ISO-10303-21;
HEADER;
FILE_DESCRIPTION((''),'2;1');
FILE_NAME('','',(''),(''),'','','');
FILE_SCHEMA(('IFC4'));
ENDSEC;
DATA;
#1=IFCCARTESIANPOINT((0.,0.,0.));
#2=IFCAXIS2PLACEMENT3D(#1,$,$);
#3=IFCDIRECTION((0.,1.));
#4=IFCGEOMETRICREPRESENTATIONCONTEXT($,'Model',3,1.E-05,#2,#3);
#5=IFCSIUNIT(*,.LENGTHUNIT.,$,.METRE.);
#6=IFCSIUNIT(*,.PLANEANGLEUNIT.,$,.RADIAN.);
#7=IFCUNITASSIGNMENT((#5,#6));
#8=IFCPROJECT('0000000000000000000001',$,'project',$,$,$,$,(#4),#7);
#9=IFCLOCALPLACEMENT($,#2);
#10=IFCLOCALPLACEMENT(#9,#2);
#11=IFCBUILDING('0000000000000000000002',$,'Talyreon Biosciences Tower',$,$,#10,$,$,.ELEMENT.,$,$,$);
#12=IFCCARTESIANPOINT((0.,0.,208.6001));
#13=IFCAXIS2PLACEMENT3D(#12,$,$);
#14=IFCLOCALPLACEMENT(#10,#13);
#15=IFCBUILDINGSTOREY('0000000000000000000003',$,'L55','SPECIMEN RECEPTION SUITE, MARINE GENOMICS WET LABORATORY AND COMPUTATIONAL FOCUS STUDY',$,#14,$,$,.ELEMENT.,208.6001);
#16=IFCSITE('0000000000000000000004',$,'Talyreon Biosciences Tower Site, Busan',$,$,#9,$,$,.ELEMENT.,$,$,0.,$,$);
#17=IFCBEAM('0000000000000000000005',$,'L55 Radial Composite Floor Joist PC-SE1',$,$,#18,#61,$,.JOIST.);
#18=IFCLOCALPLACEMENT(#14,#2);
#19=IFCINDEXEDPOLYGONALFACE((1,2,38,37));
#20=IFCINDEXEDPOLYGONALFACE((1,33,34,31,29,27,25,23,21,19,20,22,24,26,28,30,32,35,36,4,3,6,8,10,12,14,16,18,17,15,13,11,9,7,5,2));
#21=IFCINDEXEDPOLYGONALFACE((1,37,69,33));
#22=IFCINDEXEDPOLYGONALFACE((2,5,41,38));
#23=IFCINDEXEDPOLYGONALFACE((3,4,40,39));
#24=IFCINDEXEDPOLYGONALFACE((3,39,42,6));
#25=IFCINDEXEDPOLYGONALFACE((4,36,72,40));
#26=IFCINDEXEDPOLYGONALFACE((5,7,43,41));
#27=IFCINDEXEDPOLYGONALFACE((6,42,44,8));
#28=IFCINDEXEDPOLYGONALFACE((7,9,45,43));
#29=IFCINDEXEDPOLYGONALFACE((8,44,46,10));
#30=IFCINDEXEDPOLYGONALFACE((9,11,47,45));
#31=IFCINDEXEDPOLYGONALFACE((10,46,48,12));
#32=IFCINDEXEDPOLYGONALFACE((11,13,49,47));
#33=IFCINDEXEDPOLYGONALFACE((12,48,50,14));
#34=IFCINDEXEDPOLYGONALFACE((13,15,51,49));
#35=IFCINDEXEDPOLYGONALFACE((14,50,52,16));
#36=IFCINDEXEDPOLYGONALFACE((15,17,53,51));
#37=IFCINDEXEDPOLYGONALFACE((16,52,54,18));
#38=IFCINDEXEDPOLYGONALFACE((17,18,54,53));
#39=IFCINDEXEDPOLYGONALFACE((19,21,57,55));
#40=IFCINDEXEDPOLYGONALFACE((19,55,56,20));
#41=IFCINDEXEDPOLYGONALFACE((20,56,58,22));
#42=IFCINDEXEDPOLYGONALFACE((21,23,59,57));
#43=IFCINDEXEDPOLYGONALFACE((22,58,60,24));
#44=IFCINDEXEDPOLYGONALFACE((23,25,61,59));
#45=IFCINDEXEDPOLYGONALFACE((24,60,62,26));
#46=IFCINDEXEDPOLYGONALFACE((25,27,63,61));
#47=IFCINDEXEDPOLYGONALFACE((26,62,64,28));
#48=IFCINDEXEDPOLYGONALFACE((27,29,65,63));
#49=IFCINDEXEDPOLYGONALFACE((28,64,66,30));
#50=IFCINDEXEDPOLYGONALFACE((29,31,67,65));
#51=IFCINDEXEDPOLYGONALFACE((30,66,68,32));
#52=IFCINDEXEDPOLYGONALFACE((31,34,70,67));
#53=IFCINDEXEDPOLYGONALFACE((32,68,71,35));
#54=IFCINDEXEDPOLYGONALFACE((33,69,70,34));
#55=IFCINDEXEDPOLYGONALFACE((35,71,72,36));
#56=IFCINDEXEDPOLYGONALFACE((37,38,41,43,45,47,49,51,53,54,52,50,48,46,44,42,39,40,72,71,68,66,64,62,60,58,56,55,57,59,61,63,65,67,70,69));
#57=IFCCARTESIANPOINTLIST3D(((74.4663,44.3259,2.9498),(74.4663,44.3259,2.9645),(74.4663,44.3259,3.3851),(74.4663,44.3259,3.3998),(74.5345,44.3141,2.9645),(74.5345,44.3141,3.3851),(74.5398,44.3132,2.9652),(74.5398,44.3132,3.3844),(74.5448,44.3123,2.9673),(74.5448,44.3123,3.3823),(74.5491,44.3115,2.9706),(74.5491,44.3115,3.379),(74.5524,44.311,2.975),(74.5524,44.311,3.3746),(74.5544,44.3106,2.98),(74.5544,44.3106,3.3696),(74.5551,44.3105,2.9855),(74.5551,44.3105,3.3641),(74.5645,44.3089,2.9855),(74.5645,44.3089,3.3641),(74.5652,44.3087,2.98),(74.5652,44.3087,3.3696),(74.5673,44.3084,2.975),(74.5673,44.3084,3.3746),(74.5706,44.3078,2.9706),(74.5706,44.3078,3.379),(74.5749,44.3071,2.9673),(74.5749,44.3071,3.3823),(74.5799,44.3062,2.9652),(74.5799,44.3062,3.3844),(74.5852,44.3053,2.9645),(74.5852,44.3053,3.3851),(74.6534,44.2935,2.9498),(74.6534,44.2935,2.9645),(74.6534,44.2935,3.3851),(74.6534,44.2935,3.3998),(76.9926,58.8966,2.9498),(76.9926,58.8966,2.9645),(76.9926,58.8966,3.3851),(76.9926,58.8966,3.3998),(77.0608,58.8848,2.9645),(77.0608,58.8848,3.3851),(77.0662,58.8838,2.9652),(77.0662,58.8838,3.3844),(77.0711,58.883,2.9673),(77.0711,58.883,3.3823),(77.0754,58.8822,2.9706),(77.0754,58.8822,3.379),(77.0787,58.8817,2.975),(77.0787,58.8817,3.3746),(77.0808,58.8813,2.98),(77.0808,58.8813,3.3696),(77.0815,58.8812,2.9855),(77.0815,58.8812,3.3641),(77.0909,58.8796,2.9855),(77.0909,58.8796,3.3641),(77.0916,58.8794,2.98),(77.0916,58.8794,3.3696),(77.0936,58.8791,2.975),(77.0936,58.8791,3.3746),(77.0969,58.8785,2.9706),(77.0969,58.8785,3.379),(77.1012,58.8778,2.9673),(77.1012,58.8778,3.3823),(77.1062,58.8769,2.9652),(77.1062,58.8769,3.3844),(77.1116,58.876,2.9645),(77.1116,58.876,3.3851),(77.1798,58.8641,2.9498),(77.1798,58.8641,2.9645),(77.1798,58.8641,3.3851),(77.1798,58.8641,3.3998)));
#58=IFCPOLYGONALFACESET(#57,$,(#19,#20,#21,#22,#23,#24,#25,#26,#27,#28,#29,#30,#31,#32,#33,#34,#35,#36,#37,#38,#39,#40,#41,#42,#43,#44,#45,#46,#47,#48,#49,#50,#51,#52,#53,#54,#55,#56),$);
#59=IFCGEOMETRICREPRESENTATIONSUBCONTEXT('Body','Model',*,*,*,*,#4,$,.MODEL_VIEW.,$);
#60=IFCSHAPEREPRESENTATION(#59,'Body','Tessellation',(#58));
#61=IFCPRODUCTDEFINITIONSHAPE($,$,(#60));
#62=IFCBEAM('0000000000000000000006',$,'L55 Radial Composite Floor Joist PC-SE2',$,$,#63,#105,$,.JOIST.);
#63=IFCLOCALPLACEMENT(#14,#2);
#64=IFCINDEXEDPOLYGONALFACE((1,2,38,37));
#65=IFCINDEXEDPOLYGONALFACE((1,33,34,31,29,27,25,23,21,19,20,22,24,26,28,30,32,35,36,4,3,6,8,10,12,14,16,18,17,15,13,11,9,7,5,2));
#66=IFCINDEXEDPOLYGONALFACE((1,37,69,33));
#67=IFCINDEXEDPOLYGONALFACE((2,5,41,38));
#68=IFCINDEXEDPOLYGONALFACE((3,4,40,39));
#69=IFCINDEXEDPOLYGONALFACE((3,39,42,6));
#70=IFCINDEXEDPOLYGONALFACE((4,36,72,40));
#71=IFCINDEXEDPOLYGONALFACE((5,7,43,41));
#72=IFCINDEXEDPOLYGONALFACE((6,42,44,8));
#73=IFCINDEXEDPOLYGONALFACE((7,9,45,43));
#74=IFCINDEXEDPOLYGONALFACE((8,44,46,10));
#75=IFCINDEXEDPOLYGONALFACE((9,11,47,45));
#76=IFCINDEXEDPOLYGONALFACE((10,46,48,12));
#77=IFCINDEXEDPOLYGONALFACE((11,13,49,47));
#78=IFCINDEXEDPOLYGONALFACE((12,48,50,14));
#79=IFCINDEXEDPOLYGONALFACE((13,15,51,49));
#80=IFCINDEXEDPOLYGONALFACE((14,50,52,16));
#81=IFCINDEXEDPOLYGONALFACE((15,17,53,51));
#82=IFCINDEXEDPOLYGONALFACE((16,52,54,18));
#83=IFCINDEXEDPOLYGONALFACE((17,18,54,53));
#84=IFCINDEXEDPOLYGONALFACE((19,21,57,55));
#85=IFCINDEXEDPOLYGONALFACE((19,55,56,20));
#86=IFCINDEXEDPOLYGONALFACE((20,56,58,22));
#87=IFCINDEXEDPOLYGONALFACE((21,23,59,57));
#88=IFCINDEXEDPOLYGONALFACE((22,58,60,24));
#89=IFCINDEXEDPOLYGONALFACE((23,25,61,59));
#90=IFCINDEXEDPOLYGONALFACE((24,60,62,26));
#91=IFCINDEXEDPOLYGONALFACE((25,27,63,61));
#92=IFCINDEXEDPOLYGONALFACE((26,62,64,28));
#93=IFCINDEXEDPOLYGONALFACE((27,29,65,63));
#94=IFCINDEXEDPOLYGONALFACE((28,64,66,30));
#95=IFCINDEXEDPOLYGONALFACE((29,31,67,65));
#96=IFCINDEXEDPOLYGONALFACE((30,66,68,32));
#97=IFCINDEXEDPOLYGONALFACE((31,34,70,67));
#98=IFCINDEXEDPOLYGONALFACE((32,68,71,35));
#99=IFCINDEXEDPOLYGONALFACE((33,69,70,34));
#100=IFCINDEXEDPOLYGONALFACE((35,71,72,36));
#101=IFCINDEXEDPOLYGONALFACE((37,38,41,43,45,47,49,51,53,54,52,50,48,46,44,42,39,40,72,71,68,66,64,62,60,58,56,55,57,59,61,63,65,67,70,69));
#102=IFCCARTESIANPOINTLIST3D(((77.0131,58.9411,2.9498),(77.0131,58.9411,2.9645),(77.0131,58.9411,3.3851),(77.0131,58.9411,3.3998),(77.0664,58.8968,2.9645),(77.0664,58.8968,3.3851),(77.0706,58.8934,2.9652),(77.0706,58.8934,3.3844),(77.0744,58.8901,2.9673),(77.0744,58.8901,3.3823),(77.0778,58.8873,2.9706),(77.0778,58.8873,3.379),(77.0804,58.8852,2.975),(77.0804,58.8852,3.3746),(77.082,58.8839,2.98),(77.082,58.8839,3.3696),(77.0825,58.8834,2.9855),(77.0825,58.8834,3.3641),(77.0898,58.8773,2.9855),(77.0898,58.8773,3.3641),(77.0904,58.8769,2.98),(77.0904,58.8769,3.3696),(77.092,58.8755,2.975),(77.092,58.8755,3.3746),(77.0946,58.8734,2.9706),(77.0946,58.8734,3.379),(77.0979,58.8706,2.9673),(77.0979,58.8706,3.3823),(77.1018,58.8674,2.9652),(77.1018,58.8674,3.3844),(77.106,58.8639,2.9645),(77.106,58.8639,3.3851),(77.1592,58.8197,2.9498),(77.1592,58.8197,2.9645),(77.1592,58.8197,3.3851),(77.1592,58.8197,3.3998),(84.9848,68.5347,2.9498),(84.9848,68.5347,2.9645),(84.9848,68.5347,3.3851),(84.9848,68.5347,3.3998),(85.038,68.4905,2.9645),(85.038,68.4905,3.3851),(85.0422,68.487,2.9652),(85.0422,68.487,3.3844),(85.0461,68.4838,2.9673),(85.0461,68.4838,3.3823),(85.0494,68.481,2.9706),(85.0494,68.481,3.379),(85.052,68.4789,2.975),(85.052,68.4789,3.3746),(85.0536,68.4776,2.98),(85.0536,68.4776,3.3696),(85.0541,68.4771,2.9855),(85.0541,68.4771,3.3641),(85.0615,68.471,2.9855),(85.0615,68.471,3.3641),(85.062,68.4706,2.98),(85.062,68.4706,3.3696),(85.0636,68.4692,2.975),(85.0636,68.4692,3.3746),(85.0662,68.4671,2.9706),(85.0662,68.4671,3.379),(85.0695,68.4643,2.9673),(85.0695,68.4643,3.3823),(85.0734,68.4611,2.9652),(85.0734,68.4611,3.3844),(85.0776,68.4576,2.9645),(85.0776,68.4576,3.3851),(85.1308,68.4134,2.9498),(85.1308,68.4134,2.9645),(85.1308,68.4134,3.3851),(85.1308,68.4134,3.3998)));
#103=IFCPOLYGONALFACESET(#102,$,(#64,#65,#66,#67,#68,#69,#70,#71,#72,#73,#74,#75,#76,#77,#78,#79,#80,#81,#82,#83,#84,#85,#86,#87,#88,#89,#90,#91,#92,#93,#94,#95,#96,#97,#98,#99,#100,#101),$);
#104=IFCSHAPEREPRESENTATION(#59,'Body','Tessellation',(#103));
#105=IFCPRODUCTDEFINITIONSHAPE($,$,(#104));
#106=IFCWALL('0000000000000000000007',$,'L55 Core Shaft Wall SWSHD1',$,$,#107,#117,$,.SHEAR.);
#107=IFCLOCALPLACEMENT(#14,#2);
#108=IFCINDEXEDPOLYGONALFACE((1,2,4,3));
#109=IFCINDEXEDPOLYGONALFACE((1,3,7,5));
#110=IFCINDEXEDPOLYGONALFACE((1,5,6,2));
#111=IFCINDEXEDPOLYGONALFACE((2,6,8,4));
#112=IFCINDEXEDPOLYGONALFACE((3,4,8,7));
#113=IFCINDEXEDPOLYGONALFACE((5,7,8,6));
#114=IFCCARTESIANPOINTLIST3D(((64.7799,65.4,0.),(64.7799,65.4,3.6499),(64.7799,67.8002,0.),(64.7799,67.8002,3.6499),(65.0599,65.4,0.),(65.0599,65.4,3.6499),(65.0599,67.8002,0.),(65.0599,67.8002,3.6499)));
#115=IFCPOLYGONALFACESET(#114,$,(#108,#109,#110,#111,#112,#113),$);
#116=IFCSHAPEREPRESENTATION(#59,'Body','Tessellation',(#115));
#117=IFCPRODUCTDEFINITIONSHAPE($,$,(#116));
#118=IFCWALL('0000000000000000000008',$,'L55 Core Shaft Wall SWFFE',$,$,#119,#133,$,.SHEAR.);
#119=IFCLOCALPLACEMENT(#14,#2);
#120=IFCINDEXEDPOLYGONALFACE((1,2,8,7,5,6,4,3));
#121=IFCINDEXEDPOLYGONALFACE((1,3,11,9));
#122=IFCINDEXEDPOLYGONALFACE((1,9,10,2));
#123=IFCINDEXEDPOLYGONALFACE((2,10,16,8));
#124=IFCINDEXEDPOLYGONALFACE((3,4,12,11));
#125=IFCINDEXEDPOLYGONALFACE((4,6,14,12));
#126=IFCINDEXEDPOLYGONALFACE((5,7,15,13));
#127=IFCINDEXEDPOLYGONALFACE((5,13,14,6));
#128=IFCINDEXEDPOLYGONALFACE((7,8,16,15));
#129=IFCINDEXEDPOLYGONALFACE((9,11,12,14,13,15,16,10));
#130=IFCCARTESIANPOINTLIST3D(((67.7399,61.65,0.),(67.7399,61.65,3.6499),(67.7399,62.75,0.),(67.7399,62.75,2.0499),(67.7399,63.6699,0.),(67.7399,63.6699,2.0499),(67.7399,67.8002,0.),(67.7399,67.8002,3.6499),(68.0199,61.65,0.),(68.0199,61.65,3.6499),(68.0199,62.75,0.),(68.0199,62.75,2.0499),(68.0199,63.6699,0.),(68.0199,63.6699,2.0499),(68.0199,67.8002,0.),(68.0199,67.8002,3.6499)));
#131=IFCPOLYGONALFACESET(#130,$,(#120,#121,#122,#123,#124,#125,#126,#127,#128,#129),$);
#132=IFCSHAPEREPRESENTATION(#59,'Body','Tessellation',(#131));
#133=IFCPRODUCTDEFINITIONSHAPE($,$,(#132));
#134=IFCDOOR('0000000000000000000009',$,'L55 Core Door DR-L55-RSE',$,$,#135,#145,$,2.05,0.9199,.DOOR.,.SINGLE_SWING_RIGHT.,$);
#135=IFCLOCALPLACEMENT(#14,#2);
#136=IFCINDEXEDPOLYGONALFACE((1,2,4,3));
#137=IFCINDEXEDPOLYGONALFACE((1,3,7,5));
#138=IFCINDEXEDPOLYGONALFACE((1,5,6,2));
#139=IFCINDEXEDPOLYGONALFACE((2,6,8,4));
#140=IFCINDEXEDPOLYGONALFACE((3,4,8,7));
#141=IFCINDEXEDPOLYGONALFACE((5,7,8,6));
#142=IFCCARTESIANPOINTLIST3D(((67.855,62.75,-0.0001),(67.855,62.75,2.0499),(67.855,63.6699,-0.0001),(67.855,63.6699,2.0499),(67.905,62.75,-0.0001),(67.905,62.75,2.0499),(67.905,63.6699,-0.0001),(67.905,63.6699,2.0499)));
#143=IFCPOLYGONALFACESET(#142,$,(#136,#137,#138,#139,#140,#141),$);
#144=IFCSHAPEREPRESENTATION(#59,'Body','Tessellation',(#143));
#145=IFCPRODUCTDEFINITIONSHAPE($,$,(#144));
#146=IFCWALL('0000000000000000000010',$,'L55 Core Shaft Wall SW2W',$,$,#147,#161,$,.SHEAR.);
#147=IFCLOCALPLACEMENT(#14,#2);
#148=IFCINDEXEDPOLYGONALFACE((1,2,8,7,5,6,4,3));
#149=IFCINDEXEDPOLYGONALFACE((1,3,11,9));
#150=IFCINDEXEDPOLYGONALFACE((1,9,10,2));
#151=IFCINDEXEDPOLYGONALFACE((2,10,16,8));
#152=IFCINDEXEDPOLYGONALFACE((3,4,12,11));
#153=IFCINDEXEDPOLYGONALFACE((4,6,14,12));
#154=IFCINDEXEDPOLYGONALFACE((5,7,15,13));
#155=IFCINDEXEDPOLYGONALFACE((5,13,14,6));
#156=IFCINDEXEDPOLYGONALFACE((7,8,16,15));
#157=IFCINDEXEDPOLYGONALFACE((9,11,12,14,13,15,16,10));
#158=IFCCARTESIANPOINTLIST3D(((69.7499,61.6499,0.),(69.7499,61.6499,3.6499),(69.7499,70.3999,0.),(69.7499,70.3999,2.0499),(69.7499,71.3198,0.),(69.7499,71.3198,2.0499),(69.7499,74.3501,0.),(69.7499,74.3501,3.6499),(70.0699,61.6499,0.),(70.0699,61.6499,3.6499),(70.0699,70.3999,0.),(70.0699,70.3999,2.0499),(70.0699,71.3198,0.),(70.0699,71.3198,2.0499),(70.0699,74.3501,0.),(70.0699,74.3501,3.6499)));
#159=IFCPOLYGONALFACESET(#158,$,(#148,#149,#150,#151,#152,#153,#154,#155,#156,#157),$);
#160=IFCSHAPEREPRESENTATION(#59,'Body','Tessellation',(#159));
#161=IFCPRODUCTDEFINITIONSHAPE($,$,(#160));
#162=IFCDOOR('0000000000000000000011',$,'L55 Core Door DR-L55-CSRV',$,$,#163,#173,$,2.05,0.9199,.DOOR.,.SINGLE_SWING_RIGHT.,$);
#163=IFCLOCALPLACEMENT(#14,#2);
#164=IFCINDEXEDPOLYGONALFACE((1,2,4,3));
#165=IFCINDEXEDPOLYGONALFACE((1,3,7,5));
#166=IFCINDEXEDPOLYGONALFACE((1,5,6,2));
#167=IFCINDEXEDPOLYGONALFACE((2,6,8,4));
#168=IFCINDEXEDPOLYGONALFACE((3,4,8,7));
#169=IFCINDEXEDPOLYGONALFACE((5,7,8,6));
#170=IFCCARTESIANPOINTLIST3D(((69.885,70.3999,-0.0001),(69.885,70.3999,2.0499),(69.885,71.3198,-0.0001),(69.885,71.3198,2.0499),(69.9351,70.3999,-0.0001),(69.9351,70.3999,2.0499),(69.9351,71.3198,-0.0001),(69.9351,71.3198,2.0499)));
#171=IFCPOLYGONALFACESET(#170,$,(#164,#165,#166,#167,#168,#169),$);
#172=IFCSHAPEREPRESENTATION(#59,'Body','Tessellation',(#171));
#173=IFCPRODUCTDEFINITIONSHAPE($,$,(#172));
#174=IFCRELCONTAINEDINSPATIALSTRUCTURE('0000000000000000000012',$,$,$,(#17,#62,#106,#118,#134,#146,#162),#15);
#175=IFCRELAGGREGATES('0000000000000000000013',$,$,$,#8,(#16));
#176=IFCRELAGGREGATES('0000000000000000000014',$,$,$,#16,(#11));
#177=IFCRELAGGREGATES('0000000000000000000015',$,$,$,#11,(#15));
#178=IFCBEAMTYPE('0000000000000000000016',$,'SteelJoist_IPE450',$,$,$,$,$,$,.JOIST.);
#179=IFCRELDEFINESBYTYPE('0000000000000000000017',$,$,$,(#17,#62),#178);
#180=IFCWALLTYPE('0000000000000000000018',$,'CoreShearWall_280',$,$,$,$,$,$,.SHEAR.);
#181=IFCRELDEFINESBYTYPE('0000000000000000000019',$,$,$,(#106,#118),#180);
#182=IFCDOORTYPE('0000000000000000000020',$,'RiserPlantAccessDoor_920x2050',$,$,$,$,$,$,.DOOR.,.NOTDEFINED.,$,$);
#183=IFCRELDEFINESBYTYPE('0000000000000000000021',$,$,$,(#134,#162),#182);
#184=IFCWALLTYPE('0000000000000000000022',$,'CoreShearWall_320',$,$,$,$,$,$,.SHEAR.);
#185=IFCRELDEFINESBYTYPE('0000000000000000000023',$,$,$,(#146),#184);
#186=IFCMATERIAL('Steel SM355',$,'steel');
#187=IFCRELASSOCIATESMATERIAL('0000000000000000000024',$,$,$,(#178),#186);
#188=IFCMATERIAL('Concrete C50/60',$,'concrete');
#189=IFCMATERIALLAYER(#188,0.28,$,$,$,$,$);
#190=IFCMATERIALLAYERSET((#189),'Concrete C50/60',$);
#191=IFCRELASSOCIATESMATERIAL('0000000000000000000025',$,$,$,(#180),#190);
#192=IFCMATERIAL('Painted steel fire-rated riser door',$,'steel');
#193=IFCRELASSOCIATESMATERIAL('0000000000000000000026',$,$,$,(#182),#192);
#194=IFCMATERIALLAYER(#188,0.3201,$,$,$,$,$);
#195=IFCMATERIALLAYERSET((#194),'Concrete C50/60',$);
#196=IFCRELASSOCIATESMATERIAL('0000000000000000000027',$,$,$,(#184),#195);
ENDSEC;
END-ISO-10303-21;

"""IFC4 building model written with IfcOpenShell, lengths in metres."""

from ifc_helpers import new_model, si_unit, direction, frame, frame_2d, origin, origin_2d, place, context, subcontext, project, spatial, rectangle, i_section, extrude, material, layer, layer_set, material_profile, profile_set, type_object, element, fill, save


model = new_model("IFC4")

# Units and contexts
model_context = context("Model", 3, precision=1e-05, world=origin(), true_north=direction((0.0, 1.0)))
body_context = subcontext(model_context, "Body", "Model", "MODEL_VIEW")
ifc_project = project(units=[si_unit("LENGTHUNIT", "METRE"), si_unit("PLANEANGLEUNIT", "RADIAN")], contexts=[model_context])

# Site, building, storey
site_placement = place(None, origin())
site = spatial("IfcSite", under=ifc_project, at=site_placement, Name="Talyreon Biosciences Tower Site, Busan", CompositionType="ELEMENT", RefElevation=0.0)
building_placement = place(site_placement, origin())
building = spatial("IfcBuilding", under=site, at=building_placement, Name="Talyreon Biosciences Tower", CompositionType="ELEMENT")
storey_placement = place(building_placement, frame((0.0, 0.0, 208.6001)))
storey = spatial("IfcBuildingStorey", under=building, at=storey_placement, Name="L55", Description="SPECIMEN RECEPTION SUITE, MARINE GENOMICS WET LABORATORY AND COMPUTATIONAL FOCUS STUDY", CompositionType="ELEMENT", Elevation=208.6001)

# Shared definitions
ifc_material_1 = material(Name="Concrete C50/60", Category="concrete")

# Beams
ifc_material_2 = material(Name="Steel SM355", Category="steel")
ifc_material_profile_1 = material_profile(ifc_material_2, i_section(OverallWidth=0.1899, OverallDepth=0.45, WebThickness=0.0095, FlangeThickness=0.0146, FilletRadius=0.021, at=origin_2d()), Name="IPE450")
ifc_profile_set_1 = profile_set([ifc_material_profile_1], Name="Steel SM355")
beam_type_1 = type_object("IfcBeamType", Name="SteelJoist_IPE450", PredefinedType="JOIST", material=ifc_profile_set_1)
beam_1_placement = place(storey_placement, frame((77.0862, 58.8804, 3.1748), z_axis=(-0.170837, -0.985299, 0.0), x_axis=(0.985299, -0.170837, 0.0)))
element("IfcBeam", 1, at=beam_1_placement, inside=storey, type_object=beam_type_1, Name="L55 Radial Composite Floor Joist PC-SE1", PredefinedType="JOIST", context=body_context, shape_type="SweptSolid", body=[
    extrude(i_section(OverallWidth=0.1899, OverallDepth=0.45, WebThickness=0.0095, FlangeThickness=0.0146, FilletRadius=0.021, at=origin_2d()), origin(), (0.0, 0.0, 1.0), 14.7881),
])
beam_2_placement = place(storey_placement, frame((77.0862, 58.8804, 3.1748), z_axis=(0.63909, 0.769132, 0.0), x_axis=(-0.769132, 0.63909, 0.0)))
element("IfcBeam", 2, at=beam_2_placement, inside=storey, type_object=beam_type_1, Name="L55 Radial Composite Floor Joist PC-SE2", PredefinedType="JOIST", context=body_context, shape_type="SweptSolid", body=[
    extrude(i_section(OverallWidth=0.1899, OverallDepth=0.45, WebThickness=0.0095, FlangeThickness=0.0146, FilletRadius=0.021, at=origin_2d()), origin(), (0.0, 0.0, 1.0), 12.4734),
])

# Wall
ifc_layer_1 = layer(ifc_material_1, 0.28)
ifc_layer_set_1 = layer_set([ifc_layer_1], Name="Concrete C50/60")
wall_type_1 = type_object("IfcWallType", Name="CoreShearWall_280", PredefinedType="SHEAR", material=ifc_layer_set_1)
wall_1_placement = place(storey_placement, frame((64.9199, 65.3999, 0.0), z_axis=(0.0, 0.0, 1.0), x_axis=(0.0, 1.0, 0.0)))
element("IfcWall", 3, at=wall_1_placement, inside=storey, type_object=wall_type_1, Name="L55 Core Shaft Wall SWSHD1", PredefinedType="SHEAR", context=body_context, shape_type="SweptSolid", body=[
    extrude(rectangle(XDim=2.4001, YDim=0.28, at=frame_2d((1.2002, 0.0))), origin(), (0.0, 0.0, 1.0), 3.6499),
])

# Walls, openings, doors
wall_2_placement = place(storey_placement, frame((67.8799, 61.6499, 0.0), z_axis=(0.0, 0.0, 1.0), x_axis=(0.0, 1.0, 0.0)))
wall_2 = element("IfcWall", 4, at=wall_2_placement, inside=storey, type_object=wall_type_1, Name="L55 Core Shaft Wall SWFFE", PredefinedType="SHEAR", context=body_context, shape_type="SweptSolid", body=[
    extrude(rectangle(XDim=6.1501, YDim=0.28, at=frame_2d((3.0752, 0.0))), origin(), (0.0, 0.0, 1.0), 3.6499),
])
opening_1_placement = place(wall_2_placement, frame((1.1001, 0.0, 0.0)))
opening_1 = element("IfcOpeningElement", 5, at=opening_1_placement, cuts=wall_2, PredefinedType="OPENING", context=body_context, shape_type="SweptSolid", body=[
    extrude(rectangle(XDim=0.9199, YDim=2.05, at=frame_2d((0.46, 1.0249))), frame((0.0, 0.1499, 0.0), z_axis=(0.0, -1.0, 0.0), x_axis=(1.0, 0.0, 0.0)), (0.0, 0.0, 1.0), 0.3),
])
ifc_material_3 = material(Name="Painted steel fire-rated riser door", Category="steel")
door_type = type_object("IfcDoorType", Name="RiserPlantAccessDoor_920x2050", OperationType="NOTDEFINED", PredefinedType="DOOR", material=ifc_material_3)
door_1_placement = place(opening_1_placement, origin())
door_1 = element("IfcDoor", 6, at=door_1_placement, inside=storey, type_object=door_type, Name="L55 Core Door DR-L55-RSE", OperationType="SINGLE_SWING_RIGHT", OverallHeight=2.05, OverallWidth=0.9199, PredefinedType="DOOR", context=body_context, shape_type="SweptSolid", body=[
    extrude(rectangle(XDim=0.9199, YDim=2.05, at=frame_2d((0.46, 1.0249))), frame((0.0, 0.0249, 0.0), z_axis=(0.0, -1.0, 0.0), x_axis=(1.0, 0.0, 0.0)), (0.0, 0.0, 1.0), 0.05),
])
fill(opening_1, door_1)
ifc_layer_2 = layer(ifc_material_1, 0.3201)
ifc_layer_set_2 = layer_set([ifc_layer_2], Name="Concrete C50/60")
wall_type_2 = type_object("IfcWallType", Name="CoreShearWall_320", PredefinedType="SHEAR", material=ifc_layer_set_2)
wall_3_placement = place(storey_placement, frame((69.9099, 61.6499, 0.0), z_axis=(0.0, 0.0, 1.0), x_axis=(0.0, 1.0, 0.0)))
wall_3 = element("IfcWall", 7, at=wall_3_placement, inside=storey, type_object=wall_type_2, Name="L55 Core Shaft Wall SW2W", PredefinedType="SHEAR", context=body_context, shape_type="SweptSolid", body=[
    extrude(rectangle(XDim=12.7002, YDim=0.3201, at=frame_2d((6.3501, 0.0))), origin(), (0.0, 0.0, 1.0), 3.6499),
])
opening_2_placement = place(wall_3_placement, frame((8.75, 0.0, 0.0)))
opening_2 = element("IfcOpeningElement", 8, at=opening_2_placement, cuts=wall_3, PredefinedType="OPENING", context=body_context, shape_type="SweptSolid", body=[
    extrude(rectangle(XDim=0.9199, YDim=2.05, at=frame_2d((0.46, 1.0249))), frame((0.0, 0.1699, 0.0), z_axis=(0.0, -1.0, 0.0), x_axis=(1.0, 0.0, 0.0)), (0.0, 0.0, 1.0), 0.3401),
])
door_2_placement = place(opening_2_placement, origin())
door_2 = element("IfcDoor", 9, at=door_2_placement, inside=storey, type_object=door_type, Name="L55 Core Door DR-L55-CSRV", OperationType="SINGLE_SWING_RIGHT", OverallHeight=2.05, OverallWidth=0.9199, PredefinedType="DOOR", context=body_context, shape_type="SweptSolid", body=[
    extrude(rectangle(XDim=0.9199, YDim=2.05, at=frame_2d((0.46, 1.0249))), frame((0.0, 0.0249, 0.0), z_axis=(0.0, -1.0, 0.0), x_axis=(1.0, 0.0, 0.0)), (0.0, 0.0, 1.0), 0.05),
])
fill(opening_2, door_2)

save(model, "model.ifc")
